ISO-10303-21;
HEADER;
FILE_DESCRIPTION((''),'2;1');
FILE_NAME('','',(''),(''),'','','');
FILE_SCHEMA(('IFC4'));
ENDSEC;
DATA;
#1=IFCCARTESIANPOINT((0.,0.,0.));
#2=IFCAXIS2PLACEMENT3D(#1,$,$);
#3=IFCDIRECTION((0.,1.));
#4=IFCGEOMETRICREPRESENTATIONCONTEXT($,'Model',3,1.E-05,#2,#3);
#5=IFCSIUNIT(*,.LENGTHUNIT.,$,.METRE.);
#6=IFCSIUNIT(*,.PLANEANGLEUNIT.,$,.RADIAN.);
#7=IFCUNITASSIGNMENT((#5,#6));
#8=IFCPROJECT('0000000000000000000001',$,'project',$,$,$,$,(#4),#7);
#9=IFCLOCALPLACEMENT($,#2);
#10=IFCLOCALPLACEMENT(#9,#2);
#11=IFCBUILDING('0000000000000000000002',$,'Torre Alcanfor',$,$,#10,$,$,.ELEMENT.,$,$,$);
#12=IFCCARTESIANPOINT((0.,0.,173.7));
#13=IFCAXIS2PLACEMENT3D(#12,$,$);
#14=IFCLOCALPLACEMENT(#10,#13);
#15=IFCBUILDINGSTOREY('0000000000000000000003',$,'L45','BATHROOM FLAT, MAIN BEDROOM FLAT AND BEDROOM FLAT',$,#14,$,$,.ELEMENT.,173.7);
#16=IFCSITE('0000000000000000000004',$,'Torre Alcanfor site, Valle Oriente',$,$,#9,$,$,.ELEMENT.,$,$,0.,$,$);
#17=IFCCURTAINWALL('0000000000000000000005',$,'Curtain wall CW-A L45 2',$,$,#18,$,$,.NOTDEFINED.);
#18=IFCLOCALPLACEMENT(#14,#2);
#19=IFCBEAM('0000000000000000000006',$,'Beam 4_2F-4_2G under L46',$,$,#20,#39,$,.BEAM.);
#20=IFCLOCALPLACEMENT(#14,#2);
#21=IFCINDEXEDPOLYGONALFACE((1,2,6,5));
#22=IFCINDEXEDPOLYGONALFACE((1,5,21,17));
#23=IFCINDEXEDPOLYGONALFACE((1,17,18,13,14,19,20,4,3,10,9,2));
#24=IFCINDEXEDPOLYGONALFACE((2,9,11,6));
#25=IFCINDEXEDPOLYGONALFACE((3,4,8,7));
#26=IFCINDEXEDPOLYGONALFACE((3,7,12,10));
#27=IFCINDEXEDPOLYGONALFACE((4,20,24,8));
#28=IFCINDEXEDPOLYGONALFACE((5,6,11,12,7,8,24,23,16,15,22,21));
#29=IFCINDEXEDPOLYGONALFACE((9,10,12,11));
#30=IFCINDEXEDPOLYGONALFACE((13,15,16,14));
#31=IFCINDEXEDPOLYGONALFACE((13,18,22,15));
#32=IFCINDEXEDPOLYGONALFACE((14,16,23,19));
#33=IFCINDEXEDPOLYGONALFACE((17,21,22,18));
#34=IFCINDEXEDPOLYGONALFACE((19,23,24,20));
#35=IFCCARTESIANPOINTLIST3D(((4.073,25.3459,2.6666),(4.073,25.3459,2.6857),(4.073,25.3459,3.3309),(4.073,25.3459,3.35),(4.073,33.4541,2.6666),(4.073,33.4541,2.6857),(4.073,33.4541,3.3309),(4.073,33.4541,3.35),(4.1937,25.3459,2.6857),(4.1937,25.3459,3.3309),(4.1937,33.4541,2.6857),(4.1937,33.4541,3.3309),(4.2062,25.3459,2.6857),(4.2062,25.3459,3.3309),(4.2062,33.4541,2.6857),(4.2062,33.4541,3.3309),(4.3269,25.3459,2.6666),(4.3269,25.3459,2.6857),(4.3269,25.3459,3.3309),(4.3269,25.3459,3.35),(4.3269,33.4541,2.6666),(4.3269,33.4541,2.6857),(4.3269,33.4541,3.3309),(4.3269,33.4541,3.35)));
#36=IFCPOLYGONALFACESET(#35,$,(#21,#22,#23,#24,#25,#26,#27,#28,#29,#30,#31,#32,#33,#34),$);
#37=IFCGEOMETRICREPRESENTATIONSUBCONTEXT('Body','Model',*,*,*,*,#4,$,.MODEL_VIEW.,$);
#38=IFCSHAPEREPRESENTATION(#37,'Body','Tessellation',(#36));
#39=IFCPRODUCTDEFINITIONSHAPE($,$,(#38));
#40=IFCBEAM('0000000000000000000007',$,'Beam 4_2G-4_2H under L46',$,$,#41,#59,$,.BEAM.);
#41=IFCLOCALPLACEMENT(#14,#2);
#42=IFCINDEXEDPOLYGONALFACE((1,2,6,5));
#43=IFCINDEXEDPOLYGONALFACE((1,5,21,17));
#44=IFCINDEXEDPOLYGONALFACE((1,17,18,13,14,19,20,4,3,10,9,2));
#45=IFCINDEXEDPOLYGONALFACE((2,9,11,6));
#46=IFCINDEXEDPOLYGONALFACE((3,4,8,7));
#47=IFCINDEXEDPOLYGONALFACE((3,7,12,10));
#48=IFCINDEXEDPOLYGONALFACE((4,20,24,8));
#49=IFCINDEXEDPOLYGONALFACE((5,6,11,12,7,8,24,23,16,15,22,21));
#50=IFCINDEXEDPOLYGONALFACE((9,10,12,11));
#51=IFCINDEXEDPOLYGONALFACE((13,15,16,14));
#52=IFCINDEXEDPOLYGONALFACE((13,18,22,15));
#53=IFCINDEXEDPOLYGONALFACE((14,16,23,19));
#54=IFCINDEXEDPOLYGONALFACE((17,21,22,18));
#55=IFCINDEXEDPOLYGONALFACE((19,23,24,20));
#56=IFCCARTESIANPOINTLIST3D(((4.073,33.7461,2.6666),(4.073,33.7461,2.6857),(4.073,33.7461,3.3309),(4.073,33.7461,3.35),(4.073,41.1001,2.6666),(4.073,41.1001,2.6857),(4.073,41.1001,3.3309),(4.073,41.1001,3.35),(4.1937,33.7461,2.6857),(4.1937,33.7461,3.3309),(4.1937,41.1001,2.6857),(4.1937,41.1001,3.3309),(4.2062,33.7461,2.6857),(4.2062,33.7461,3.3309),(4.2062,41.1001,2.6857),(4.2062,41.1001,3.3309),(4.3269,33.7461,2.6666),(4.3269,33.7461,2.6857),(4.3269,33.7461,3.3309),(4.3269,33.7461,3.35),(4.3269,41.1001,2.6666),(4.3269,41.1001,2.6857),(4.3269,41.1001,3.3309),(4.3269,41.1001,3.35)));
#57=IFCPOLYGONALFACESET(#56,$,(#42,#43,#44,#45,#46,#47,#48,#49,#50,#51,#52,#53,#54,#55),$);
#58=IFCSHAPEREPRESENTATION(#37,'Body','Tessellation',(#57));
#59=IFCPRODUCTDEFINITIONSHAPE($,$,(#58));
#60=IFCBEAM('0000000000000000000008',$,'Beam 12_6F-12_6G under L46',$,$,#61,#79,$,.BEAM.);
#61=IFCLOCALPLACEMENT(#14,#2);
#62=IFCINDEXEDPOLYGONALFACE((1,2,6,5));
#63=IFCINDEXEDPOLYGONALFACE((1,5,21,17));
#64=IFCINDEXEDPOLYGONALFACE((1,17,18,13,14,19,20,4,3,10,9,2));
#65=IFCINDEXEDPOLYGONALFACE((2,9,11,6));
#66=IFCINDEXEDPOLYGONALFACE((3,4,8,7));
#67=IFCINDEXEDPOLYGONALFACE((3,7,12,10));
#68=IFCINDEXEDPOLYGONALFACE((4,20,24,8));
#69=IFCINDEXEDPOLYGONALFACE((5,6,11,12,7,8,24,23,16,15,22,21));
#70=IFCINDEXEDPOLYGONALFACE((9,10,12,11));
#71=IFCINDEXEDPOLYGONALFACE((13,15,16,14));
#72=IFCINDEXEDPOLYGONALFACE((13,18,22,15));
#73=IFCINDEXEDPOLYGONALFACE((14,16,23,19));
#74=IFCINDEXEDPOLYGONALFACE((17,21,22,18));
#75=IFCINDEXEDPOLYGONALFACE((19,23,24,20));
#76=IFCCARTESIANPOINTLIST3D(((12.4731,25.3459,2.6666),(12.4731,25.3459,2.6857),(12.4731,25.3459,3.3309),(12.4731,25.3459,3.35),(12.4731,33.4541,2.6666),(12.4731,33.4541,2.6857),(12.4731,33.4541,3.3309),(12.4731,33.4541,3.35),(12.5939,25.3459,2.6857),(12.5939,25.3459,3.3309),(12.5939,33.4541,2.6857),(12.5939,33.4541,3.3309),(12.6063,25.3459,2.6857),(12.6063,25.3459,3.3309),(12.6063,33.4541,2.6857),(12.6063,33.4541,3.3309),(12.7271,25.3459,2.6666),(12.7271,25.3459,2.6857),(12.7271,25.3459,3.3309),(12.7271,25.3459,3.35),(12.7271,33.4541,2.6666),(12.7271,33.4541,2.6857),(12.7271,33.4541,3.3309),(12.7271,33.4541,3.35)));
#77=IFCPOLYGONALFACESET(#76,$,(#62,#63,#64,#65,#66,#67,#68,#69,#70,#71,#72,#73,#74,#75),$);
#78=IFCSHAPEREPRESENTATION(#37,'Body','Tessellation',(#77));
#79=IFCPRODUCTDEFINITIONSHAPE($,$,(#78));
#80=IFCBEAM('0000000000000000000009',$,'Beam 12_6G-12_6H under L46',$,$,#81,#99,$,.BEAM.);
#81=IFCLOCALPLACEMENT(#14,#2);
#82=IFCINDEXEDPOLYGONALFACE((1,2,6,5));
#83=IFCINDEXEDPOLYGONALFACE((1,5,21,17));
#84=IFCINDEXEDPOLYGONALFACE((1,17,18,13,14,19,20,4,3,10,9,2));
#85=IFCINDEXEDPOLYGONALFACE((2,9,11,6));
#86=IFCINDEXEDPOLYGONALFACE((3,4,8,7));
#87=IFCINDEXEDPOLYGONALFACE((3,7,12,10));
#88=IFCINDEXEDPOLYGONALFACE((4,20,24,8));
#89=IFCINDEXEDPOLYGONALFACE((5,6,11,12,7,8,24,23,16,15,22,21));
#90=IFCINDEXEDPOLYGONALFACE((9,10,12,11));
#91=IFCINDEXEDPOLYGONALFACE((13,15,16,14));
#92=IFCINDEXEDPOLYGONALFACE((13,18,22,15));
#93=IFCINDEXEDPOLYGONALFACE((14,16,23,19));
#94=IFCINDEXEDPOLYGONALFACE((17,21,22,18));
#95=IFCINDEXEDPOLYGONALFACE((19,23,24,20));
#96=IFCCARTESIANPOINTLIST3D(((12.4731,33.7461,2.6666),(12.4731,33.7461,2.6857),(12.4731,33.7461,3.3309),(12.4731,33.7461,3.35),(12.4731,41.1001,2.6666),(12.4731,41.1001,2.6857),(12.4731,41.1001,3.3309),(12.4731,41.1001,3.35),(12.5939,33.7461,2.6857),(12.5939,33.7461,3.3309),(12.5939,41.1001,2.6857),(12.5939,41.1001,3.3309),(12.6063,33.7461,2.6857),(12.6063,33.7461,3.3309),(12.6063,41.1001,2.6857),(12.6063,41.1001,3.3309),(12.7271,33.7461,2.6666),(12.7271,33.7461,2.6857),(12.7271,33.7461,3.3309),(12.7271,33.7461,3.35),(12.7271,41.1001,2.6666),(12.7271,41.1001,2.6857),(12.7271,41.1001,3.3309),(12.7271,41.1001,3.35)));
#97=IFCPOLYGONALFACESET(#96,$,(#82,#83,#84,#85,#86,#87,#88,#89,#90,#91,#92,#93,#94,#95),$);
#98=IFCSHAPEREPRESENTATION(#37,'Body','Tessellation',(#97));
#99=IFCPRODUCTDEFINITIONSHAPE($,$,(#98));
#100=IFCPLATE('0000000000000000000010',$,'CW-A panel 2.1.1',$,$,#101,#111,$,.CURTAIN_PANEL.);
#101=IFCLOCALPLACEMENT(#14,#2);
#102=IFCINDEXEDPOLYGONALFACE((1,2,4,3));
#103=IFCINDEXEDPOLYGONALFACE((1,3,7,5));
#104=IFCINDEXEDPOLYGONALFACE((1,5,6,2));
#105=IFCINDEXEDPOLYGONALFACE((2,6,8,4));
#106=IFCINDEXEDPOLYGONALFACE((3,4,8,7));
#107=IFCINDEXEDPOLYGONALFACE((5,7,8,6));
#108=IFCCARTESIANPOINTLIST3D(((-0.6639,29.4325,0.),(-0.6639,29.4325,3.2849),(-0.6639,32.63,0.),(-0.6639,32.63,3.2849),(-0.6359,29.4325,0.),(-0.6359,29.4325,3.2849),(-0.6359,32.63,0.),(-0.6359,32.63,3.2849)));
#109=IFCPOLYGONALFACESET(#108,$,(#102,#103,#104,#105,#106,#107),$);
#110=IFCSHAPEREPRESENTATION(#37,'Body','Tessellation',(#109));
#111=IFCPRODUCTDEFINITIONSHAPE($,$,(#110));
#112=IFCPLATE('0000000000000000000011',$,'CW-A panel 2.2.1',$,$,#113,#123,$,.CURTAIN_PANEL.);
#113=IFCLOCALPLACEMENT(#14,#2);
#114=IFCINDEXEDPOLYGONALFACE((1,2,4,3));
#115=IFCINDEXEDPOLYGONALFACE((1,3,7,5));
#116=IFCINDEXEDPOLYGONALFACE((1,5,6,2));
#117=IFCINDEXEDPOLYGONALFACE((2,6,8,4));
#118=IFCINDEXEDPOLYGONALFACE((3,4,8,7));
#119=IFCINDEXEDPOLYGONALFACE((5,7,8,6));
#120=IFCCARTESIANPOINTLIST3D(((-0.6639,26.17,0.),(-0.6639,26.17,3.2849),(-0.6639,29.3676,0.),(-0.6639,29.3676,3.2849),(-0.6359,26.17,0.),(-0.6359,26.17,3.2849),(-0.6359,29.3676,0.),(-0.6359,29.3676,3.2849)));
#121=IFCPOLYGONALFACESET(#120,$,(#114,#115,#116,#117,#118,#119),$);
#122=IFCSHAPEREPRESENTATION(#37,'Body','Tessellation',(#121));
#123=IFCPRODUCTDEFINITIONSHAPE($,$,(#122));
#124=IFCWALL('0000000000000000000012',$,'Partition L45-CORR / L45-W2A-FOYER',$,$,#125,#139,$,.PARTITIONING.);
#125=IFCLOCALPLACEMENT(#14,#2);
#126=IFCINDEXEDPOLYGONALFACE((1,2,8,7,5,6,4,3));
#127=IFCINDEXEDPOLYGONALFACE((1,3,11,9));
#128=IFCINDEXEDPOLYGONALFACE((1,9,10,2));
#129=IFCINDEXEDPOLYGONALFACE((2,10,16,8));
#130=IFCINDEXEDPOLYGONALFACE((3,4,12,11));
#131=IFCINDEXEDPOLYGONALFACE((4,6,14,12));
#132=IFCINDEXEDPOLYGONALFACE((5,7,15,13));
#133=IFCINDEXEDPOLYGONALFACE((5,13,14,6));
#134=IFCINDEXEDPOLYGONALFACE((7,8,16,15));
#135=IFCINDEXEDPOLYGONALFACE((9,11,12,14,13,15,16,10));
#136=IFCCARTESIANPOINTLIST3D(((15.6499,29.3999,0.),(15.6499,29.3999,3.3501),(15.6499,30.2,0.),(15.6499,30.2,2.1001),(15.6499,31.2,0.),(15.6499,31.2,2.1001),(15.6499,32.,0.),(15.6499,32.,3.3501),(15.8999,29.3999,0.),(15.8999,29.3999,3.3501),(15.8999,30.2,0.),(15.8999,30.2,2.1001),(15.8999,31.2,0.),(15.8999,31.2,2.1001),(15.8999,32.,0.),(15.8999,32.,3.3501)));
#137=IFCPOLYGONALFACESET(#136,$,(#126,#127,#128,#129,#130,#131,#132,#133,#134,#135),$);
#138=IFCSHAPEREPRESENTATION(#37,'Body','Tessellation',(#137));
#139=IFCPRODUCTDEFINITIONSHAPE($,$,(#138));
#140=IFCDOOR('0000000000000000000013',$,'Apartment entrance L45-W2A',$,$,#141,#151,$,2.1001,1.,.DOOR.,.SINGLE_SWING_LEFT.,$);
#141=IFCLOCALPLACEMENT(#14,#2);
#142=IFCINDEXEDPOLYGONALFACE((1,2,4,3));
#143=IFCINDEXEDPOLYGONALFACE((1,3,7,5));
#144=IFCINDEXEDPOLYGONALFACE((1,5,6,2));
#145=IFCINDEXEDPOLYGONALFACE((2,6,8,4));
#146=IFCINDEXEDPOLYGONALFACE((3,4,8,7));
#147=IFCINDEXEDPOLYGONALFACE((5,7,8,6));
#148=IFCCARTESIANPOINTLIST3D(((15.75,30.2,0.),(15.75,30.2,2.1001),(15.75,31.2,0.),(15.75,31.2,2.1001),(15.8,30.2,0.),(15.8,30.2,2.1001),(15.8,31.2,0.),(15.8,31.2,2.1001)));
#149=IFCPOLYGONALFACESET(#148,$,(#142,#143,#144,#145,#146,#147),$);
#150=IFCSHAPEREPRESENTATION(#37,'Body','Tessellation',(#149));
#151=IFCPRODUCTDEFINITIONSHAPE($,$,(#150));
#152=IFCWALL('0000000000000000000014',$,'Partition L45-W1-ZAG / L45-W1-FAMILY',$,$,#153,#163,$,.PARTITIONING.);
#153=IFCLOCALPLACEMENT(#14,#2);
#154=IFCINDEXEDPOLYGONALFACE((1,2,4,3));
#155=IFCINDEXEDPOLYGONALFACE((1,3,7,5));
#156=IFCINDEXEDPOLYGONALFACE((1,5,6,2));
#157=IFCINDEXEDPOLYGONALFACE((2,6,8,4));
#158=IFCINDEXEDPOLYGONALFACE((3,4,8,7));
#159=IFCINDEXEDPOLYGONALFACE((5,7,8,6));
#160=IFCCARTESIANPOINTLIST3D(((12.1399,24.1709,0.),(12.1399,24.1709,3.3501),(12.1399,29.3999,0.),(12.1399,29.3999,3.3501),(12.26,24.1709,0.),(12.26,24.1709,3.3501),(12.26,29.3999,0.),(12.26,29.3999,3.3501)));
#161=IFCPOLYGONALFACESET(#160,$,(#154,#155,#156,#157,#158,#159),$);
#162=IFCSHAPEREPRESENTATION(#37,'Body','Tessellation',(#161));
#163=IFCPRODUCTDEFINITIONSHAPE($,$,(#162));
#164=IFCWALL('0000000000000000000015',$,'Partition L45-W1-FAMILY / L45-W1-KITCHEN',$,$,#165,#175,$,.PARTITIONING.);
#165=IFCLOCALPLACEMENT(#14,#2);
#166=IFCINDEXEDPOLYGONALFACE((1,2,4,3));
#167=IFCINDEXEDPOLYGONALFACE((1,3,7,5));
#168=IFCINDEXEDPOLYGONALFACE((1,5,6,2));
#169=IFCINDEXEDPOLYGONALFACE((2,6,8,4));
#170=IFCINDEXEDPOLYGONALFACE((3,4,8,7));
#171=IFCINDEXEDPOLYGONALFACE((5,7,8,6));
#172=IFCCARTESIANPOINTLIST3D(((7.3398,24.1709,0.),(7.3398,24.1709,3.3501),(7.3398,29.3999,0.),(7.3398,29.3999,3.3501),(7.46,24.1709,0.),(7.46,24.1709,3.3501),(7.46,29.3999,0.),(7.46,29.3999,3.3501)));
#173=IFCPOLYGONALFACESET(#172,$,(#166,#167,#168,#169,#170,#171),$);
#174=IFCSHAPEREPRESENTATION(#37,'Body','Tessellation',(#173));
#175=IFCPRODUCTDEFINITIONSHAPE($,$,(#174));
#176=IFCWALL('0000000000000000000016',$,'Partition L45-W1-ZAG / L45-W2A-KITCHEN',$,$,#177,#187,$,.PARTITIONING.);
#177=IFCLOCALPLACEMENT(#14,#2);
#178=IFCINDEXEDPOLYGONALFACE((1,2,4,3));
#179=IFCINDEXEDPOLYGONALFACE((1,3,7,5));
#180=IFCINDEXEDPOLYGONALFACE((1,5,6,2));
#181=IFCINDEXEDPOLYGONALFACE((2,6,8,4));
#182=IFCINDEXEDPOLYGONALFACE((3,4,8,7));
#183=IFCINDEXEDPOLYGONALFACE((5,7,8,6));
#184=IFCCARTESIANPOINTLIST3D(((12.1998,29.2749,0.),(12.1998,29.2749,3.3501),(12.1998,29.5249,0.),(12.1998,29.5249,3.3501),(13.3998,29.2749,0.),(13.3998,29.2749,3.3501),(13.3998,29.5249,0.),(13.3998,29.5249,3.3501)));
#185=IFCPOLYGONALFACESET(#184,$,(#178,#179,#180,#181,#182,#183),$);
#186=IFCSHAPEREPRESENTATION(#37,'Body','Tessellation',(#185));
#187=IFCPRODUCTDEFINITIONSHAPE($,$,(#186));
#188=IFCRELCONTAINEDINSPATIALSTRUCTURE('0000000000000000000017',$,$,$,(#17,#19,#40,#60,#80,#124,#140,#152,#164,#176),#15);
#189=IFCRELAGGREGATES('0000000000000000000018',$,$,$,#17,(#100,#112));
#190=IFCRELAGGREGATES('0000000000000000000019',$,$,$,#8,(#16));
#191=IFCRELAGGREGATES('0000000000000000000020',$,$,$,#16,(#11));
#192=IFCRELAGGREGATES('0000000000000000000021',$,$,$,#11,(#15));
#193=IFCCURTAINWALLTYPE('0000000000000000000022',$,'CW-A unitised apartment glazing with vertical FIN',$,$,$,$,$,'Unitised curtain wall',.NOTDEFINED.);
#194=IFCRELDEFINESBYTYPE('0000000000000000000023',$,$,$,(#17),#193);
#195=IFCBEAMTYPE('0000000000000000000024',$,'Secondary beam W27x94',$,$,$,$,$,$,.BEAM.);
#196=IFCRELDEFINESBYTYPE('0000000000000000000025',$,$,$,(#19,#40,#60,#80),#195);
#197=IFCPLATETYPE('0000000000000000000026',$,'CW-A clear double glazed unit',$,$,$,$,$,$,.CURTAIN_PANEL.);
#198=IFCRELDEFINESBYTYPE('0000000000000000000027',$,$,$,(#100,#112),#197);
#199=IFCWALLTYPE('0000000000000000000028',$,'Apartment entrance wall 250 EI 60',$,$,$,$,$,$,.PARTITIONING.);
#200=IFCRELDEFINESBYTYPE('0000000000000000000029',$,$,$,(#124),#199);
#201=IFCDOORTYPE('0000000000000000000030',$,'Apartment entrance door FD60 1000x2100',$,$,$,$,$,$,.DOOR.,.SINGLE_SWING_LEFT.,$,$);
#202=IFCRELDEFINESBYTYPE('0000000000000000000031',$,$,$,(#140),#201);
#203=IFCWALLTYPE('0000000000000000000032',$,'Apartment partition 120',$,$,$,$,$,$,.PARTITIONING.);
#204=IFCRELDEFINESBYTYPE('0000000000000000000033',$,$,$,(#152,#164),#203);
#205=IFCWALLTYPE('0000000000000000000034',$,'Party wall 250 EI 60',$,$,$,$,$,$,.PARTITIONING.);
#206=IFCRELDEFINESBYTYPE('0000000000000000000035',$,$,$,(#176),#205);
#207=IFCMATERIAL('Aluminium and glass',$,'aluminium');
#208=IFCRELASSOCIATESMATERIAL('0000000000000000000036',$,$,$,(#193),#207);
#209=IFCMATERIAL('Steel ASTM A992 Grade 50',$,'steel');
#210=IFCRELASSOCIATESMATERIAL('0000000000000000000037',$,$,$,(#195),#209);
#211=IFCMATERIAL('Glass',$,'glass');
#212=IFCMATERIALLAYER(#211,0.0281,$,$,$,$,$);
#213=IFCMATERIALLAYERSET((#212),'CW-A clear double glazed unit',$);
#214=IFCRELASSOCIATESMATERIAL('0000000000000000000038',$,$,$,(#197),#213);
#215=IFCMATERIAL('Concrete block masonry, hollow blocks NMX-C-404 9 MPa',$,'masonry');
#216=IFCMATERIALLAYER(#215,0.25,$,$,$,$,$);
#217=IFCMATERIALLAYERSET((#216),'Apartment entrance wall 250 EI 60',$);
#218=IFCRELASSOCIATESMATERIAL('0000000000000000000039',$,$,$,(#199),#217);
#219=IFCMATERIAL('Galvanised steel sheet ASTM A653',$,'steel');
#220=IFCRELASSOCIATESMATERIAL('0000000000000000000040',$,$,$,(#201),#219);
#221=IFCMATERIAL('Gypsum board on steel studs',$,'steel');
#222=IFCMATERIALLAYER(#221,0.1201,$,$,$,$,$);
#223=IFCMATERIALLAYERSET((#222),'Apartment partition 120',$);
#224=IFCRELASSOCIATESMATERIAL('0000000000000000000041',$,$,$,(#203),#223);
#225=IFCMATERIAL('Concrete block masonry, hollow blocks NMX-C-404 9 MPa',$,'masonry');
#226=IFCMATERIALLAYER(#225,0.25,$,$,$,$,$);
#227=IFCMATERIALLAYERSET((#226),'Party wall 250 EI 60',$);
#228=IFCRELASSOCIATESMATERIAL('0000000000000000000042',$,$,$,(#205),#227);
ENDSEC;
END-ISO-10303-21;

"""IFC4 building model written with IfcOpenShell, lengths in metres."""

from ifc_helpers import new_model, si_unit, direction, frame, frame_2d, origin, origin_2d, place, context, subcontext, project, spatial, rectangle, i_section, extrude, material, layer, layer_set, material_profile, profile_set, type_object, element, fill, aggregate, save


model = new_model("IFC4")

# Units and contexts
model_context = context("Model", 3, precision=1e-05, world=origin(), true_north=direction((0.0, 1.0)))
body_context = subcontext(model_context, "Body", "Model", "MODEL_VIEW")
ifc_project = project(units=[si_unit("LENGTHUNIT", "METRE"), si_unit("PLANEANGLEUNIT", "RADIAN")], contexts=[model_context])

# Site, building, storey
site_placement = place(None, origin())
site = spatial("IfcSite", under=ifc_project, at=site_placement, Name="Torre Alcanfor site, Valle Oriente", CompositionType="ELEMENT", RefElevation=0.0)
building_placement = place(site_placement, origin())
building = spatial("IfcBuilding", under=site, at=building_placement, Name="Torre Alcanfor", CompositionType="ELEMENT")
storey_placement = place(building_placement, frame((0.0, 0.0, 173.7)))
storey = spatial("IfcBuildingStorey", under=building, at=storey_placement, Name="L45", Description="BATHROOM FLAT, MAIN BEDROOM FLAT AND BEDROOM FLAT", CompositionType="ELEMENT", Elevation=173.7)

# Curtain wall
ifc_material_1 = material(Name="Aluminium and glass", Category="aluminium")
curtain_wall_type = type_object("IfcCurtainWallType", Name="CW-A unitised apartment glazing with vertical FIN", ElementType="Unitised curtain wall", PredefinedType="NOTDEFINED", material=ifc_material_1)
curtain_wall_placement = place(storey_placement, origin())
curtain_wall = element("IfcCurtainWall", 1, at=curtain_wall_placement, inside=storey, type_object=curtain_wall_type, Name="Curtain wall CW-A L45 2", PredefinedType="NOTDEFINED")

# Beams
ifc_material_2 = material(Name="Steel ASTM A992 Grade 50", Category="steel")
ifc_material_profile_1 = material_profile(ifc_material_2, i_section(OverallWidth=0.2539, OverallDepth=0.6833, WebThickness=0.0125, FlangeThickness=0.019, at=origin_2d()), Name="W27x94")
ifc_profile_set_1 = profile_set([ifc_material_profile_1], Name="Steel ASTM A992 Grade 50")
beam_type_1 = type_object("IfcBeamType", Name="Secondary beam W27x94", PredefinedType="BEAM", material=ifc_profile_set_1)
beam_1_placement = place(storey_placement, frame((4.2, 25.3459, 3.0083), z_axis=(0.0, 1.0, 0.0), x_axis=(-1.0, 0.0, 0.0)))
element("IfcBeam", 2, at=beam_1_placement, inside=storey, type_object=beam_type_1, Name="Beam 4_2F-4_2G under L46", PredefinedType="BEAM", context=body_context, shape_type="SweptSolid", body=[
    extrude(i_section(OverallWidth=0.2539, OverallDepth=0.6833, WebThickness=0.0125, FlangeThickness=0.019, at=origin_2d()), origin(), (0.0, 0.0, 1.0), 8.1082),
])
beam_2_placement = place(storey_placement, frame((4.2, 33.7461, 3.0083), z_axis=(0.0, 1.0, 0.0), x_axis=(-1.0, 0.0, 0.0)))
element("IfcBeam", 3, at=beam_2_placement, inside=storey, type_object=beam_type_1, Name="Beam 4_2G-4_2H under L46", PredefinedType="BEAM", context=body_context, shape_type="SweptSolid", body=[
    extrude(i_section(OverallWidth=0.2539, OverallDepth=0.6833, WebThickness=0.0125, FlangeThickness=0.019, at=origin_2d()), origin(), (0.0, 0.0, 1.0), 7.354),
])
beam_3_placement = place(storey_placement, frame((12.6001, 25.3459, 3.0083), z_axis=(0.0, 1.0, 0.0), x_axis=(-1.0, 0.0, 0.0)))
element("IfcBeam", 4, at=beam_3_placement, inside=storey, type_object=beam_type_1, Name="Beam 12_6F-12_6G under L46", PredefinedType="BEAM", context=body_context, shape_type="SweptSolid", body=[
    extrude(i_section(OverallWidth=0.2539, OverallDepth=0.6833, WebThickness=0.0125, FlangeThickness=0.019, at=origin_2d()), origin(), (0.0, 0.0, 1.0), 8.1082),
])
beam_4_placement = place(storey_placement, frame((12.6001, 33.7461, 3.0083), z_axis=(0.0, 1.0, 0.0), x_axis=(-1.0, 0.0, 0.0)))
element("IfcBeam", 5, at=beam_4_placement, inside=storey, type_object=beam_type_1, Name="Beam 12_6G-12_6H under L46", PredefinedType="BEAM", context=body_context, shape_type="SweptSolid", body=[
    extrude(i_section(OverallWidth=0.2539, OverallDepth=0.6833, WebThickness=0.0125, FlangeThickness=0.019, at=origin_2d()), origin(), (0.0, 0.0, 1.0), 7.354),
])

# Plates
ifc_material_3 = material(Name="Glass", Category="glass")
ifc_layer_1 = layer(ifc_material_3, 0.0281)
ifc_layer_set_1 = layer_set([ifc_layer_1], Name="CW-A clear double glazed unit")
plate_type = type_object("IfcPlateType", Name="CW-A clear double glazed unit", PredefinedType="CURTAIN_PANEL", material=ifc_layer_set_1)
plate_1_placement = place(storey_placement, frame((-0.6499, 31.0312, 0.0), z_axis=(0.0, 0.0, 1.0), x_axis=(0.0, -1.0, 0.0)))
plate_1 = element("IfcPlate", 6, at=plate_1_placement, type_object=plate_type, Name="CW-A panel 2.1.1", PredefinedType="CURTAIN_PANEL", context=body_context, shape_type="SweptSolid", body=[
    extrude(rectangle(XDim=3.1975, YDim=0.0281, at=origin_2d()), origin(), (0.0, 0.0, 1.0), 3.2849),
])
plate_2_placement = place(storey_placement, frame((-0.6499, 27.7688, 0.0), z_axis=(0.0, 0.0, 1.0), x_axis=(0.0, -1.0, 0.0)))
plate_2 = element("IfcPlate", 7, at=plate_2_placement, type_object=plate_type, Name="CW-A panel 2.2.1", PredefinedType="CURTAIN_PANEL", context=body_context, shape_type="SweptSolid", body=[
    extrude(rectangle(XDim=3.1975, YDim=0.0281, at=origin_2d()), origin(), (0.0, 0.0, 1.0), 3.2849),
])
aggregate(curtain_wall, [plate_1, plate_2])

# Wall, opening, door
ifc_material_4 = material(Name="Concrete block masonry, hollow blocks NMX-C-404 9 MPa", Category="masonry")
ifc_layer_2 = layer(ifc_material_4, 0.25)
ifc_layer_set_2 = layer_set([ifc_layer_2], Name="Apartment entrance wall 250 EI 60")
wall_type_1 = type_object("IfcWallType", Name="Apartment entrance wall 250 EI 60", PredefinedType="PARTITIONING", material=ifc_layer_set_2)
wall_1_placement = place(storey_placement, frame((15.7749, 29.3999, 0.0), z_axis=(0.0, 0.0, 1.0), x_axis=(0.0, 1.0, 0.0)))
wall_1 = element("IfcWall", 8, at=wall_1_placement, inside=storey, type_object=wall_type_1, Name="Partition L45-CORR / L45-W2A-FOYER", PredefinedType="PARTITIONING", context=body_context, shape_type="SweptSolid", body=[
    extrude(rectangle(XDim=2.6001, YDim=0.25, at=frame_2d((1.3, 0.0))), origin(), (0.0, 0.0, 1.0), 3.3501),
])
opening_1_placement = place(wall_1_placement, frame((0.8, 0.0, 0.0)))
opening_1 = element("IfcOpeningElement", 9, at=opening_1_placement, cuts=wall_1, PredefinedType="OPENING", context=body_context, shape_type="SweptSolid", body=[
    extrude(rectangle(XDim=1.0, YDim=2.1001, at=frame_2d((0.5, 1.05))), frame((0.0, 0.135, 0.0), z_axis=(0.0, -1.0, 0.0), x_axis=(1.0, 0.0, 0.0)), (0.0, 0.0, 1.0), 0.27),
])
ifc_material_5 = material(Name="Galvanised steel sheet ASTM A653", Category="steel")
door_type_1 = type_object("IfcDoorType", Name="Apartment entrance door FD60 1000x2100", OperationType="SINGLE_SWING_LEFT", PredefinedType="DOOR", material=ifc_material_5)
door_1_placement = place(opening_1_placement, origin())
door_1 = element("IfcDoor", 10, at=door_1_placement, inside=storey, type_object=door_type_1, Name="Apartment entrance L45-W2A", OperationType="SINGLE_SWING_LEFT", OverallHeight=2.1001, OverallWidth=1.0, PredefinedType="DOOR", context=body_context, shape_type="SweptSolid", body=[
    extrude(rectangle(XDim=1.0, YDim=2.1001, at=frame_2d((0.5, 1.05))), frame((0.0, 0.0249, 0.0), z_axis=(0.0, -1.0, 0.0), x_axis=(1.0, 0.0, 0.0)), (0.0, 0.0, 1.0), 0.05),
])
fill(opening_1, door_1)

# Walls
ifc_material_6 = material(Name="Gypsum board on steel studs", Category="steel")
ifc_layer_3 = layer(ifc_material_6, 0.1201)
ifc_layer_set_3 = layer_set([ifc_layer_3], Name="Apartment partition 120")
wall_type_2 = type_object("IfcWallType", Name="Apartment partition 120", PredefinedType="PARTITIONING", material=ifc_layer_set_3)
for number, where, z_axis, x_axis, name in (
    (11, (12.2, 29.3999, 0.0), (0.0, 0.0, 1.0), (0.0, -1.0, 0.0), "Partition L45-W1-ZAG / L45-W1-FAMILY"),
    (12, (7.3999, 29.3999, 0.0), (0.0, 0.0, 1.0), (0.0, -1.0, 0.0), "Partition L45-W1-FAMILY / L45-W1-KITCHEN"),
):
    element("IfcWall", number, at=place(storey_placement, frame(where, z_axis=z_axis, x_axis=x_axis)), inside=storey, type_object=wall_type_2, Name=name, PredefinedType="PARTITIONING", context=body_context, shape_type="SweptSolid", body=[
        extrude(rectangle(XDim=5.229, YDim=0.1201, at=frame_2d((2.6145, 0.0))), origin(), (0.0, 0.0, 1.0), 3.3501),
    ])
ifc_material_7 = material(Name="Concrete block masonry, hollow blocks NMX-C-404 9 MPa", Category="masonry")
ifc_layer_4 = layer(ifc_material_7, 0.25)
ifc_layer_set_4 = layer_set([ifc_layer_4], Name="Party wall 250 EI 60")
wall_type_3 = type_object("IfcWallType", Name="Party wall 250 EI 60", PredefinedType="PARTITIONING", material=ifc_layer_set_4)
for number, where, z_axis, x_axis, name in (
    (13, (13.3999, 29.3999, 0.0), (0.0, 0.0, 1.0), (-1.0, 0.0, 0.0), "Partition L45-W1-ZAG / L45-W2A-KITCHEN"),
):
    element("IfcWall", number, at=place(storey_placement, frame(where, z_axis=z_axis, x_axis=x_axis)), inside=storey, type_object=wall_type_3, Name=name, PredefinedType="PARTITIONING", context=body_context, shape_type="SweptSolid", body=[
        extrude(rectangle(XDim=1.2, YDim=0.25, at=frame_2d((0.6001, 0.0))), origin(), (0.0, 0.0, 1.0), 3.3501),
    ])

save(model, "model.ifc")
